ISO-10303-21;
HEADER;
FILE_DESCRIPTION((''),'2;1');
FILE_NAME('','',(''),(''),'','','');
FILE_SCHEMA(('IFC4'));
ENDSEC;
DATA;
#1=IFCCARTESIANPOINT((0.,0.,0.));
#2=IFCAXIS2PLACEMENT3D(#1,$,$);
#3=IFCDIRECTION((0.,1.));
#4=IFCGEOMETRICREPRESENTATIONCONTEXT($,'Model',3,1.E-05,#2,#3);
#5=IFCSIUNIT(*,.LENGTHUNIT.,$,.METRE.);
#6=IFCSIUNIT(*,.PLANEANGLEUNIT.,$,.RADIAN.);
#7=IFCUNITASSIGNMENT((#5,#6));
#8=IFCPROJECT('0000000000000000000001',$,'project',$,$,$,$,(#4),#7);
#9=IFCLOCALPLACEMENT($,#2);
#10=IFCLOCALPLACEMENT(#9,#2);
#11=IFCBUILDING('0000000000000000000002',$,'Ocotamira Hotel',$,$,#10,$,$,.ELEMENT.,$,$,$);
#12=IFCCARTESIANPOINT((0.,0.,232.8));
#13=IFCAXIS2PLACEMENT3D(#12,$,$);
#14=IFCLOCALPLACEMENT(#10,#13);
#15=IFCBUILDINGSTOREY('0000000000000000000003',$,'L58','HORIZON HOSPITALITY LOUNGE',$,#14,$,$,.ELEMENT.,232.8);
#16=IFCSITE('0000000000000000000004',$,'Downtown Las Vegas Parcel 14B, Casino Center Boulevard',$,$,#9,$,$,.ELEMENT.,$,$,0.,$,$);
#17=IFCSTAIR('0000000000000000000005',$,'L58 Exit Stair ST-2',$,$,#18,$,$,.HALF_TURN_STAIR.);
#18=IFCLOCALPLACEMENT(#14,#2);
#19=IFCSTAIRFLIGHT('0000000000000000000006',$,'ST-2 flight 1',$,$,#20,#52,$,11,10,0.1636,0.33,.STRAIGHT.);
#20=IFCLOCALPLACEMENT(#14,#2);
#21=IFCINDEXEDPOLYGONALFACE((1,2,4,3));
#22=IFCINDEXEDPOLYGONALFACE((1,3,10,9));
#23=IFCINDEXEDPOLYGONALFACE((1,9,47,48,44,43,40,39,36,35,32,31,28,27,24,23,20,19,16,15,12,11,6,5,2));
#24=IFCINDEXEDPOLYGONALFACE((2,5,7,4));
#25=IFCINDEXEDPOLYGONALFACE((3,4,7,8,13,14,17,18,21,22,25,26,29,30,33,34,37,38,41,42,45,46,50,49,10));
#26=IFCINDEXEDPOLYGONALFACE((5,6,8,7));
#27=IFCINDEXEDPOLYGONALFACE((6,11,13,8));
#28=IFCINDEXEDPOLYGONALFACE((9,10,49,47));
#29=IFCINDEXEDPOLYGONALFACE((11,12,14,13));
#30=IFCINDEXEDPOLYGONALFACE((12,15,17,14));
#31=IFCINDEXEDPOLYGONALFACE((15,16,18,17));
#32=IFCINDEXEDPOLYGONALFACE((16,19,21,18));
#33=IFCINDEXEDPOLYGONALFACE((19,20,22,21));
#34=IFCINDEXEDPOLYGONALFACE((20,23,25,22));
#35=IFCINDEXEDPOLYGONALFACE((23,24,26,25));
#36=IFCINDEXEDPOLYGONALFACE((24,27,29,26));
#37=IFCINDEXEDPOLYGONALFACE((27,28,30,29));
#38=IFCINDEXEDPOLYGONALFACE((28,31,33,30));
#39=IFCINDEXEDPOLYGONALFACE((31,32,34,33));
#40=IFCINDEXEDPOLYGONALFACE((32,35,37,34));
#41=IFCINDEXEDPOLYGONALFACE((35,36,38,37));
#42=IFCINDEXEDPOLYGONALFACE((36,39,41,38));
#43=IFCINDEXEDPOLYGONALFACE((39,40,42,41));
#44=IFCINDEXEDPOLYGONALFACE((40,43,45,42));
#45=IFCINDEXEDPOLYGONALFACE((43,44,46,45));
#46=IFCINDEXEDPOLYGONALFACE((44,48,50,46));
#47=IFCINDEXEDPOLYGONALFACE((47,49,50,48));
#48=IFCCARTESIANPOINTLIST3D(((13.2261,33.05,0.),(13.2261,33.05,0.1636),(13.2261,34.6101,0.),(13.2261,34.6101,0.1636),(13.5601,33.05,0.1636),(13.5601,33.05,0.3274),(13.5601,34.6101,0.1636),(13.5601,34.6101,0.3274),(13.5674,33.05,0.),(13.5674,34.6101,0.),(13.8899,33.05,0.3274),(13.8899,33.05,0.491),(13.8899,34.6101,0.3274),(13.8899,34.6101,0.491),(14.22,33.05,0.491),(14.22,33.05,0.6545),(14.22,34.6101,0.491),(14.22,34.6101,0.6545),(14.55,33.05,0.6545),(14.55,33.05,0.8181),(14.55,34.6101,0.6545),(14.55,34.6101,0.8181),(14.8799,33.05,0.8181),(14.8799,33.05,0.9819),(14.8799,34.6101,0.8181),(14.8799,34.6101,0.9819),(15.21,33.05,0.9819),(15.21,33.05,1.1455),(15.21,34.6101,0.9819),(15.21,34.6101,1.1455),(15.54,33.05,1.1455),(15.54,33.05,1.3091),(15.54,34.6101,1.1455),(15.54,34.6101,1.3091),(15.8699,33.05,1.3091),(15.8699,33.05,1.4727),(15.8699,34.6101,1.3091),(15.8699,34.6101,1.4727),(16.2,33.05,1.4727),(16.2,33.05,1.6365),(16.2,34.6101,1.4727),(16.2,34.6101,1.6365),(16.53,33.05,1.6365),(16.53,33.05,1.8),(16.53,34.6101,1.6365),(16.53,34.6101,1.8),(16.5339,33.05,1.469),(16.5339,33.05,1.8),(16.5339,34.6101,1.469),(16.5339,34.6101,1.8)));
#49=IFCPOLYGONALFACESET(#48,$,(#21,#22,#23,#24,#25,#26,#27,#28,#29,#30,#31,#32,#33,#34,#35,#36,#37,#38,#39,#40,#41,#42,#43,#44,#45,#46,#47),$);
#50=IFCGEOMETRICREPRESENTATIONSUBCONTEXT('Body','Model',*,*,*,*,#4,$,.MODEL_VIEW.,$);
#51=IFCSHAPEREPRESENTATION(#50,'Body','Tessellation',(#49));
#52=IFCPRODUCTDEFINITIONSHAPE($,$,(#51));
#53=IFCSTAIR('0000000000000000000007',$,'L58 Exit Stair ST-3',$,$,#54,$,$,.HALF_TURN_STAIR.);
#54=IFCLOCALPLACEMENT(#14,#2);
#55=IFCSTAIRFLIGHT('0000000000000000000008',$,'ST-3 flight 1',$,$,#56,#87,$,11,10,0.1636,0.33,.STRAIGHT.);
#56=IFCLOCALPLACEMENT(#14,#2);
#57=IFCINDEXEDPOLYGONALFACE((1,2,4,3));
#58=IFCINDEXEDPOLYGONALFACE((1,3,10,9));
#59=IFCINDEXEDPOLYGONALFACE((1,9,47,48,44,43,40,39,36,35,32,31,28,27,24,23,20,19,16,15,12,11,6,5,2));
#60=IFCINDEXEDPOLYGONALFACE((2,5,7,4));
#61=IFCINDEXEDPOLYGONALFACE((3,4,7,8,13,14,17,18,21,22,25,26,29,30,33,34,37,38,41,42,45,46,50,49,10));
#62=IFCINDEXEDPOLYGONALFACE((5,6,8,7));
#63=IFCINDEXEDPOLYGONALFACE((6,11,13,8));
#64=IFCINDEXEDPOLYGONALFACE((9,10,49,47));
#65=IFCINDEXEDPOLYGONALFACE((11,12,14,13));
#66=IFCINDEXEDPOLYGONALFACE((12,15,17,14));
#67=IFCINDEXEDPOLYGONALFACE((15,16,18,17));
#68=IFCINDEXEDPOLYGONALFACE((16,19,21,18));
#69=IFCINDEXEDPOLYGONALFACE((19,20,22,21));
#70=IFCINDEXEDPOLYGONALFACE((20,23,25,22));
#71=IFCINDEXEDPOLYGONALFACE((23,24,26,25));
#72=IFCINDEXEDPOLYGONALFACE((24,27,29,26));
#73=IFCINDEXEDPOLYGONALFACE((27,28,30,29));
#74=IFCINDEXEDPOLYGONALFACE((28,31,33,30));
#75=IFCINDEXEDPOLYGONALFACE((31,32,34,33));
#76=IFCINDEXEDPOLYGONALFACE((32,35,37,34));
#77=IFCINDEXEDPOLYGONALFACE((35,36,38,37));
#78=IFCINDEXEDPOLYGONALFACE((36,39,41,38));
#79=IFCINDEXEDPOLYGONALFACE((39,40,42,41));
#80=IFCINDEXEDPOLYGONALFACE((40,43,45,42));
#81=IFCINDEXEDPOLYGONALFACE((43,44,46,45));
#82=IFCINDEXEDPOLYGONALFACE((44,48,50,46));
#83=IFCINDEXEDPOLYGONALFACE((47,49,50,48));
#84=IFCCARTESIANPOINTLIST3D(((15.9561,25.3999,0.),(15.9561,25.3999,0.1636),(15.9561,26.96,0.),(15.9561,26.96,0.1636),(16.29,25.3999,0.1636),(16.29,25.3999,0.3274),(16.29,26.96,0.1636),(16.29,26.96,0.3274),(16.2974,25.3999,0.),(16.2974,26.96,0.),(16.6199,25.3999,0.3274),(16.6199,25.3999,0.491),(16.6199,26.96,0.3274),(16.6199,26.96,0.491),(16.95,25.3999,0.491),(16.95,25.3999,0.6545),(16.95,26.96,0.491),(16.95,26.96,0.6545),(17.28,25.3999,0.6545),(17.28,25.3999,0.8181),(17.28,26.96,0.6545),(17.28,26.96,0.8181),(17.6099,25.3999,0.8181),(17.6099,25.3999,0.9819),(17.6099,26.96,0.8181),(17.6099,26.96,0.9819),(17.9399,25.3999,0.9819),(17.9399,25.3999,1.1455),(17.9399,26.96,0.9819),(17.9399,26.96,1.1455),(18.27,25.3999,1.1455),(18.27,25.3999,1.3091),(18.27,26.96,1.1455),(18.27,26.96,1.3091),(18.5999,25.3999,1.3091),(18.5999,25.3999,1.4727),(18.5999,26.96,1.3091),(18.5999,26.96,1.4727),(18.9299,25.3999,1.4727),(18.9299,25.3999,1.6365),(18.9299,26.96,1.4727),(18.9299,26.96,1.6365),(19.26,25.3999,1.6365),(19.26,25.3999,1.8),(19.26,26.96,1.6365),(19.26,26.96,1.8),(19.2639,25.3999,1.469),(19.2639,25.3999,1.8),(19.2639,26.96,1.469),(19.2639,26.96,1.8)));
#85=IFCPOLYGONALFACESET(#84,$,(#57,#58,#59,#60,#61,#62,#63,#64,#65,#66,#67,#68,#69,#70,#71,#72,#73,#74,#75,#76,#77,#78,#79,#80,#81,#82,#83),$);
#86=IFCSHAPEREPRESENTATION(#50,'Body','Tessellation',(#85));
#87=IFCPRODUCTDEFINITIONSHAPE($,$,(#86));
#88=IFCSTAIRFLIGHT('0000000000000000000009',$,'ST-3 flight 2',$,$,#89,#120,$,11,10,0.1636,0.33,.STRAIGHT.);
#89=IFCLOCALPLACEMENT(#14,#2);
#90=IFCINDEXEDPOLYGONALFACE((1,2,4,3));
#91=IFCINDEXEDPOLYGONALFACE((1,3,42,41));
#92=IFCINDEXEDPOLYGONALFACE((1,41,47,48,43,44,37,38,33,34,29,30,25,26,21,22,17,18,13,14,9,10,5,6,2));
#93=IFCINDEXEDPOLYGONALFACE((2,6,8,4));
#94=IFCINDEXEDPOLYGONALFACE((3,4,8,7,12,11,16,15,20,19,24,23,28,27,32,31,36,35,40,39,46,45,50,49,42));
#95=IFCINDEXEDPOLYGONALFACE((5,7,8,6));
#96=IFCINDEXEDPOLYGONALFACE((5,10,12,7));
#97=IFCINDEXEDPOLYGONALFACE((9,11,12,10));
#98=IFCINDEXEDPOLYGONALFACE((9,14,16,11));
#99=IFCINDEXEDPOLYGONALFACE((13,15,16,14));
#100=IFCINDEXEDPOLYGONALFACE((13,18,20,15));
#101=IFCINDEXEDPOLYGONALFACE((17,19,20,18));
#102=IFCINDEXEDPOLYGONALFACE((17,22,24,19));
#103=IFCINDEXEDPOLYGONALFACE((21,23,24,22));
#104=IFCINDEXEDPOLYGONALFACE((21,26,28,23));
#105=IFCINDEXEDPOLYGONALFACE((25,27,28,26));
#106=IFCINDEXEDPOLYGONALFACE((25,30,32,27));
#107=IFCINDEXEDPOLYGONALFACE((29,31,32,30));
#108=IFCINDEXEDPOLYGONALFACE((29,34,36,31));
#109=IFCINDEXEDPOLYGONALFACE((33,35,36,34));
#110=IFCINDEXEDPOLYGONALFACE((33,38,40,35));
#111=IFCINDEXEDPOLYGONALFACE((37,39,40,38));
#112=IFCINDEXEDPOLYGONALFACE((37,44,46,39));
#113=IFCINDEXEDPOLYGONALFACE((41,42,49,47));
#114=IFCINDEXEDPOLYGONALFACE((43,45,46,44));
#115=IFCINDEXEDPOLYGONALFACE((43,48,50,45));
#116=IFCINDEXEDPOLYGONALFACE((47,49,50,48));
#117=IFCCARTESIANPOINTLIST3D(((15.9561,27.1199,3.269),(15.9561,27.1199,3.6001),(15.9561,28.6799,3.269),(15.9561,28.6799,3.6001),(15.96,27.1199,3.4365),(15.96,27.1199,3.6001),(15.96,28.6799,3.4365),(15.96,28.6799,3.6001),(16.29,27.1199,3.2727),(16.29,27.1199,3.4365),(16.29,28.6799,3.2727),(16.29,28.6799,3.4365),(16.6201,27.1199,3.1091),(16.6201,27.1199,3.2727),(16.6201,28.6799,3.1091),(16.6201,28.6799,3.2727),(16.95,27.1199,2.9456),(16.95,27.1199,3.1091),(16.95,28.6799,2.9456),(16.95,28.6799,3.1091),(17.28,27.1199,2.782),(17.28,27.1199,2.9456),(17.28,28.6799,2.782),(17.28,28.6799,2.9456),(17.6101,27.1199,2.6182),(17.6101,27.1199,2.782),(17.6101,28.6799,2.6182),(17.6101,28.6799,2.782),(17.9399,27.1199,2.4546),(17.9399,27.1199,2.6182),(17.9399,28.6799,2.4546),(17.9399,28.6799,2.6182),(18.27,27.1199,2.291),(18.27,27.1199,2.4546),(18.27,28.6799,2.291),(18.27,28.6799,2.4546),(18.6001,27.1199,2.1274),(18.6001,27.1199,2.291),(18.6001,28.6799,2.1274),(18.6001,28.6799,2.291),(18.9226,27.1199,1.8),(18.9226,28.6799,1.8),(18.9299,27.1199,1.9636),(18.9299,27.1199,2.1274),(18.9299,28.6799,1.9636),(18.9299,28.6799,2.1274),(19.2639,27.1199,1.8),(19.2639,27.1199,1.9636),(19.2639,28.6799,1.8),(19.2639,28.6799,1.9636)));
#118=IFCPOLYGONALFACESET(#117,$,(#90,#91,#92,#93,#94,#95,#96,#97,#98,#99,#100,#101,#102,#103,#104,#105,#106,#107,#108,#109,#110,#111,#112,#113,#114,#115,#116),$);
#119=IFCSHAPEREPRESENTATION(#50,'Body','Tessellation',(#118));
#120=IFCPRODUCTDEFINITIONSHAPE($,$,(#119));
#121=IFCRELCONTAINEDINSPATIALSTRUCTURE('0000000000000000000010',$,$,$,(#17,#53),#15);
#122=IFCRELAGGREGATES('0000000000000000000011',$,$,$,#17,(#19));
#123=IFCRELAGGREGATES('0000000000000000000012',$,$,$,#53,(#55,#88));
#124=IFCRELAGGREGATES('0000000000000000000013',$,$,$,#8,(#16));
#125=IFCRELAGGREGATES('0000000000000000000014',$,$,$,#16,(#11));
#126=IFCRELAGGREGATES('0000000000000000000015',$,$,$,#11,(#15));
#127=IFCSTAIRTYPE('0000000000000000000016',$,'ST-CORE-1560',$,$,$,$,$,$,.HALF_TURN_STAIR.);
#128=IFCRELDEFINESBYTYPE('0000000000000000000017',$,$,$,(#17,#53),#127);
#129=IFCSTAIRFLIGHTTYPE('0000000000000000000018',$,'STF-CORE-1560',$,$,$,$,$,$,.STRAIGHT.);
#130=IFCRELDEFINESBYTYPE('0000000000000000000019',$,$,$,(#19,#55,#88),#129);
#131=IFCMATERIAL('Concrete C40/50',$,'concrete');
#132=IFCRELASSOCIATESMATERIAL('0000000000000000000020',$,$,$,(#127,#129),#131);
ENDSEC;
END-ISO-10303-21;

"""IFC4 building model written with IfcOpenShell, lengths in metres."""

from ifc_helpers import new_model, si_unit, direction, frame, origin, place, context, subcontext, project, spatial, polyline, outline, extrude, source, transform, mapped, material, type_object, element, aggregate, save


model = new_model("IFC4")

# Units and contexts
model_context = context("Model", 3, precision=1e-05, world=origin(), true_north=direction((0.0, 1.0)))
body_context = subcontext(model_context, "Body", "Model", "MODEL_VIEW")
ifc_project = project(units=[si_unit("LENGTHUNIT", "METRE"), si_unit("PLANEANGLEUNIT", "RADIAN")], contexts=[model_context])

# Site, building, storey
site_placement = place(None, origin())
site = spatial("IfcSite", under=ifc_project, at=site_placement, Name="Downtown Las Vegas Parcel 14B, Casino Center Boulevard", CompositionType="ELEMENT", RefElevation=0.0)
building_placement = place(site_placement, origin())
building = spatial("IfcBuilding", under=site, at=building_placement, Name="Ocotamira Hotel", CompositionType="ELEMENT")
storey_placement = place(building_placement, frame((0.0, 0.0, 232.8)))
storey = spatial("IfcBuildingStorey", under=building, at=storey_placement, Name="L58", Description="HORIZON HOSPITALITY LOUNGE", CompositionType="ELEMENT", Elevation=232.8)

# Stair, stair flight
ifc_material_1 = material(Name="Concrete C40/50", Category="concrete")
stair_type = type_object("IfcStairType", Name="ST-CORE-1560", PredefinedType="HALF_TURN_STAIR", material=ifc_material_1)
stair_1_placement = place(storey_placement, origin())
stair_1 = element("IfcStair", 1, at=stair_1_placement, inside=storey, type_object=stair_type, Name="L58 Exit Stair ST-2", PredefinedType="HALF_TURN_STAIR")
stair_flight_type = type_object("IfcStairFlightType", Name="STF-CORE-1560", PredefinedType="STRAIGHT", material=ifc_material_1)
shared_shape_1 = source(origin(), body_context, "Body", "SweptSolid", [
    extrude(outline(polyline([(-0.0039, 0.0), (-0.0039, 0.1636), (0.3301, 0.1636), (0.3301, 0.3274), (0.6599, 0.3274), (0.6599, 0.491), (0.99, 0.491), (0.99, 0.6545), (1.3201, 0.6545), (1.3201, 0.8181), (1.6499, 0.8181), (1.6499, 0.9819), (1.98, 0.9819), (1.98, 1.1455), (2.3101, 1.1455), (2.3101, 1.3091), (2.6399, 1.3091), (2.6399, 1.4727), (2.97, 1.4727), (2.97, 1.6365), (3.3, 1.6365), (3.3, 1.8), (3.304, 1.8), (3.304, 1.469), (0.3374, 0.0), (-0.0039, 0.0)])), frame((0.0, 0.78, 0.0), z_axis=(0.0, -1.0, 0.0), x_axis=(1.0, 0.0, 0.0)), (0.0, 0.0, 1.0), 1.5601),
])
stair_flight_1_placement = place(storey_placement, frame((13.23, 33.8301, 0.0), z_axis=(0.0, 0.0, 1.0), x_axis=(1.0, 0.0, 0.0)))
stair_flight_1 = element("IfcStairFlight", 2, at=stair_flight_1_placement, type_object=stair_flight_type, Name="ST-2 flight 1", NumberOfRisers=11, NumberOfTreads=10, PredefinedType="STRAIGHT", RiserHeight=0.1636, TreadLength=0.33, context=body_context, shape_type="MappedRepresentation", body=[
    mapped(shared_shape_1, transform((0.0, 0.0, 0.0), scale=1.0)),
])
aggregate(stair_1, [stair_flight_1])

# Stair, stair flights
stair_2_placement = place(storey_placement, origin())
stair_2 = element("IfcStair", 3, at=stair_2_placement, inside=storey, type_object=stair_type, Name="L58 Exit Stair ST-3", PredefinedType="HALF_TURN_STAIR")
stair_flight_2_placement = place(storey_placement, frame((15.96, 26.1799, 0.0), z_axis=(0.0, 0.0, 1.0), x_axis=(1.0, 0.0, 0.0)))
stair_flight_2 = element("IfcStairFlight", 4, at=stair_flight_2_placement, type_object=stair_flight_type, Name="ST-3 flight 1", NumberOfRisers=11, NumberOfTreads=10, PredefinedType="STRAIGHT", RiserHeight=0.1636, TreadLength=0.33, context=body_context, shape_type="MappedRepresentation", body=[
    mapped(shared_shape_1, transform((0.0, 0.0, 0.0), scale=1.0)),
])
stair_flight_3_placement = place(storey_placement, frame((19.26, 27.8999, 1.8), z_axis=(0.0, 0.0, 1.0), x_axis=(-1.0, 0.0, 0.0)))
stair_flight_3 = element("IfcStairFlight", 5, at=stair_flight_3_placement, type_object=stair_flight_type, Name="ST-3 flight 2", NumberOfRisers=11, NumberOfTreads=10, PredefinedType="STRAIGHT", RiserHeight=0.1636, TreadLength=0.33, context=body_context, shape_type="MappedRepresentation", body=[
    mapped(shared_shape_1, transform((0.0, 0.0, 0.0), scale=1.0)),
])
aggregate(stair_2, [stair_flight_2, stair_flight_3])

save(model, "model.ifc")
